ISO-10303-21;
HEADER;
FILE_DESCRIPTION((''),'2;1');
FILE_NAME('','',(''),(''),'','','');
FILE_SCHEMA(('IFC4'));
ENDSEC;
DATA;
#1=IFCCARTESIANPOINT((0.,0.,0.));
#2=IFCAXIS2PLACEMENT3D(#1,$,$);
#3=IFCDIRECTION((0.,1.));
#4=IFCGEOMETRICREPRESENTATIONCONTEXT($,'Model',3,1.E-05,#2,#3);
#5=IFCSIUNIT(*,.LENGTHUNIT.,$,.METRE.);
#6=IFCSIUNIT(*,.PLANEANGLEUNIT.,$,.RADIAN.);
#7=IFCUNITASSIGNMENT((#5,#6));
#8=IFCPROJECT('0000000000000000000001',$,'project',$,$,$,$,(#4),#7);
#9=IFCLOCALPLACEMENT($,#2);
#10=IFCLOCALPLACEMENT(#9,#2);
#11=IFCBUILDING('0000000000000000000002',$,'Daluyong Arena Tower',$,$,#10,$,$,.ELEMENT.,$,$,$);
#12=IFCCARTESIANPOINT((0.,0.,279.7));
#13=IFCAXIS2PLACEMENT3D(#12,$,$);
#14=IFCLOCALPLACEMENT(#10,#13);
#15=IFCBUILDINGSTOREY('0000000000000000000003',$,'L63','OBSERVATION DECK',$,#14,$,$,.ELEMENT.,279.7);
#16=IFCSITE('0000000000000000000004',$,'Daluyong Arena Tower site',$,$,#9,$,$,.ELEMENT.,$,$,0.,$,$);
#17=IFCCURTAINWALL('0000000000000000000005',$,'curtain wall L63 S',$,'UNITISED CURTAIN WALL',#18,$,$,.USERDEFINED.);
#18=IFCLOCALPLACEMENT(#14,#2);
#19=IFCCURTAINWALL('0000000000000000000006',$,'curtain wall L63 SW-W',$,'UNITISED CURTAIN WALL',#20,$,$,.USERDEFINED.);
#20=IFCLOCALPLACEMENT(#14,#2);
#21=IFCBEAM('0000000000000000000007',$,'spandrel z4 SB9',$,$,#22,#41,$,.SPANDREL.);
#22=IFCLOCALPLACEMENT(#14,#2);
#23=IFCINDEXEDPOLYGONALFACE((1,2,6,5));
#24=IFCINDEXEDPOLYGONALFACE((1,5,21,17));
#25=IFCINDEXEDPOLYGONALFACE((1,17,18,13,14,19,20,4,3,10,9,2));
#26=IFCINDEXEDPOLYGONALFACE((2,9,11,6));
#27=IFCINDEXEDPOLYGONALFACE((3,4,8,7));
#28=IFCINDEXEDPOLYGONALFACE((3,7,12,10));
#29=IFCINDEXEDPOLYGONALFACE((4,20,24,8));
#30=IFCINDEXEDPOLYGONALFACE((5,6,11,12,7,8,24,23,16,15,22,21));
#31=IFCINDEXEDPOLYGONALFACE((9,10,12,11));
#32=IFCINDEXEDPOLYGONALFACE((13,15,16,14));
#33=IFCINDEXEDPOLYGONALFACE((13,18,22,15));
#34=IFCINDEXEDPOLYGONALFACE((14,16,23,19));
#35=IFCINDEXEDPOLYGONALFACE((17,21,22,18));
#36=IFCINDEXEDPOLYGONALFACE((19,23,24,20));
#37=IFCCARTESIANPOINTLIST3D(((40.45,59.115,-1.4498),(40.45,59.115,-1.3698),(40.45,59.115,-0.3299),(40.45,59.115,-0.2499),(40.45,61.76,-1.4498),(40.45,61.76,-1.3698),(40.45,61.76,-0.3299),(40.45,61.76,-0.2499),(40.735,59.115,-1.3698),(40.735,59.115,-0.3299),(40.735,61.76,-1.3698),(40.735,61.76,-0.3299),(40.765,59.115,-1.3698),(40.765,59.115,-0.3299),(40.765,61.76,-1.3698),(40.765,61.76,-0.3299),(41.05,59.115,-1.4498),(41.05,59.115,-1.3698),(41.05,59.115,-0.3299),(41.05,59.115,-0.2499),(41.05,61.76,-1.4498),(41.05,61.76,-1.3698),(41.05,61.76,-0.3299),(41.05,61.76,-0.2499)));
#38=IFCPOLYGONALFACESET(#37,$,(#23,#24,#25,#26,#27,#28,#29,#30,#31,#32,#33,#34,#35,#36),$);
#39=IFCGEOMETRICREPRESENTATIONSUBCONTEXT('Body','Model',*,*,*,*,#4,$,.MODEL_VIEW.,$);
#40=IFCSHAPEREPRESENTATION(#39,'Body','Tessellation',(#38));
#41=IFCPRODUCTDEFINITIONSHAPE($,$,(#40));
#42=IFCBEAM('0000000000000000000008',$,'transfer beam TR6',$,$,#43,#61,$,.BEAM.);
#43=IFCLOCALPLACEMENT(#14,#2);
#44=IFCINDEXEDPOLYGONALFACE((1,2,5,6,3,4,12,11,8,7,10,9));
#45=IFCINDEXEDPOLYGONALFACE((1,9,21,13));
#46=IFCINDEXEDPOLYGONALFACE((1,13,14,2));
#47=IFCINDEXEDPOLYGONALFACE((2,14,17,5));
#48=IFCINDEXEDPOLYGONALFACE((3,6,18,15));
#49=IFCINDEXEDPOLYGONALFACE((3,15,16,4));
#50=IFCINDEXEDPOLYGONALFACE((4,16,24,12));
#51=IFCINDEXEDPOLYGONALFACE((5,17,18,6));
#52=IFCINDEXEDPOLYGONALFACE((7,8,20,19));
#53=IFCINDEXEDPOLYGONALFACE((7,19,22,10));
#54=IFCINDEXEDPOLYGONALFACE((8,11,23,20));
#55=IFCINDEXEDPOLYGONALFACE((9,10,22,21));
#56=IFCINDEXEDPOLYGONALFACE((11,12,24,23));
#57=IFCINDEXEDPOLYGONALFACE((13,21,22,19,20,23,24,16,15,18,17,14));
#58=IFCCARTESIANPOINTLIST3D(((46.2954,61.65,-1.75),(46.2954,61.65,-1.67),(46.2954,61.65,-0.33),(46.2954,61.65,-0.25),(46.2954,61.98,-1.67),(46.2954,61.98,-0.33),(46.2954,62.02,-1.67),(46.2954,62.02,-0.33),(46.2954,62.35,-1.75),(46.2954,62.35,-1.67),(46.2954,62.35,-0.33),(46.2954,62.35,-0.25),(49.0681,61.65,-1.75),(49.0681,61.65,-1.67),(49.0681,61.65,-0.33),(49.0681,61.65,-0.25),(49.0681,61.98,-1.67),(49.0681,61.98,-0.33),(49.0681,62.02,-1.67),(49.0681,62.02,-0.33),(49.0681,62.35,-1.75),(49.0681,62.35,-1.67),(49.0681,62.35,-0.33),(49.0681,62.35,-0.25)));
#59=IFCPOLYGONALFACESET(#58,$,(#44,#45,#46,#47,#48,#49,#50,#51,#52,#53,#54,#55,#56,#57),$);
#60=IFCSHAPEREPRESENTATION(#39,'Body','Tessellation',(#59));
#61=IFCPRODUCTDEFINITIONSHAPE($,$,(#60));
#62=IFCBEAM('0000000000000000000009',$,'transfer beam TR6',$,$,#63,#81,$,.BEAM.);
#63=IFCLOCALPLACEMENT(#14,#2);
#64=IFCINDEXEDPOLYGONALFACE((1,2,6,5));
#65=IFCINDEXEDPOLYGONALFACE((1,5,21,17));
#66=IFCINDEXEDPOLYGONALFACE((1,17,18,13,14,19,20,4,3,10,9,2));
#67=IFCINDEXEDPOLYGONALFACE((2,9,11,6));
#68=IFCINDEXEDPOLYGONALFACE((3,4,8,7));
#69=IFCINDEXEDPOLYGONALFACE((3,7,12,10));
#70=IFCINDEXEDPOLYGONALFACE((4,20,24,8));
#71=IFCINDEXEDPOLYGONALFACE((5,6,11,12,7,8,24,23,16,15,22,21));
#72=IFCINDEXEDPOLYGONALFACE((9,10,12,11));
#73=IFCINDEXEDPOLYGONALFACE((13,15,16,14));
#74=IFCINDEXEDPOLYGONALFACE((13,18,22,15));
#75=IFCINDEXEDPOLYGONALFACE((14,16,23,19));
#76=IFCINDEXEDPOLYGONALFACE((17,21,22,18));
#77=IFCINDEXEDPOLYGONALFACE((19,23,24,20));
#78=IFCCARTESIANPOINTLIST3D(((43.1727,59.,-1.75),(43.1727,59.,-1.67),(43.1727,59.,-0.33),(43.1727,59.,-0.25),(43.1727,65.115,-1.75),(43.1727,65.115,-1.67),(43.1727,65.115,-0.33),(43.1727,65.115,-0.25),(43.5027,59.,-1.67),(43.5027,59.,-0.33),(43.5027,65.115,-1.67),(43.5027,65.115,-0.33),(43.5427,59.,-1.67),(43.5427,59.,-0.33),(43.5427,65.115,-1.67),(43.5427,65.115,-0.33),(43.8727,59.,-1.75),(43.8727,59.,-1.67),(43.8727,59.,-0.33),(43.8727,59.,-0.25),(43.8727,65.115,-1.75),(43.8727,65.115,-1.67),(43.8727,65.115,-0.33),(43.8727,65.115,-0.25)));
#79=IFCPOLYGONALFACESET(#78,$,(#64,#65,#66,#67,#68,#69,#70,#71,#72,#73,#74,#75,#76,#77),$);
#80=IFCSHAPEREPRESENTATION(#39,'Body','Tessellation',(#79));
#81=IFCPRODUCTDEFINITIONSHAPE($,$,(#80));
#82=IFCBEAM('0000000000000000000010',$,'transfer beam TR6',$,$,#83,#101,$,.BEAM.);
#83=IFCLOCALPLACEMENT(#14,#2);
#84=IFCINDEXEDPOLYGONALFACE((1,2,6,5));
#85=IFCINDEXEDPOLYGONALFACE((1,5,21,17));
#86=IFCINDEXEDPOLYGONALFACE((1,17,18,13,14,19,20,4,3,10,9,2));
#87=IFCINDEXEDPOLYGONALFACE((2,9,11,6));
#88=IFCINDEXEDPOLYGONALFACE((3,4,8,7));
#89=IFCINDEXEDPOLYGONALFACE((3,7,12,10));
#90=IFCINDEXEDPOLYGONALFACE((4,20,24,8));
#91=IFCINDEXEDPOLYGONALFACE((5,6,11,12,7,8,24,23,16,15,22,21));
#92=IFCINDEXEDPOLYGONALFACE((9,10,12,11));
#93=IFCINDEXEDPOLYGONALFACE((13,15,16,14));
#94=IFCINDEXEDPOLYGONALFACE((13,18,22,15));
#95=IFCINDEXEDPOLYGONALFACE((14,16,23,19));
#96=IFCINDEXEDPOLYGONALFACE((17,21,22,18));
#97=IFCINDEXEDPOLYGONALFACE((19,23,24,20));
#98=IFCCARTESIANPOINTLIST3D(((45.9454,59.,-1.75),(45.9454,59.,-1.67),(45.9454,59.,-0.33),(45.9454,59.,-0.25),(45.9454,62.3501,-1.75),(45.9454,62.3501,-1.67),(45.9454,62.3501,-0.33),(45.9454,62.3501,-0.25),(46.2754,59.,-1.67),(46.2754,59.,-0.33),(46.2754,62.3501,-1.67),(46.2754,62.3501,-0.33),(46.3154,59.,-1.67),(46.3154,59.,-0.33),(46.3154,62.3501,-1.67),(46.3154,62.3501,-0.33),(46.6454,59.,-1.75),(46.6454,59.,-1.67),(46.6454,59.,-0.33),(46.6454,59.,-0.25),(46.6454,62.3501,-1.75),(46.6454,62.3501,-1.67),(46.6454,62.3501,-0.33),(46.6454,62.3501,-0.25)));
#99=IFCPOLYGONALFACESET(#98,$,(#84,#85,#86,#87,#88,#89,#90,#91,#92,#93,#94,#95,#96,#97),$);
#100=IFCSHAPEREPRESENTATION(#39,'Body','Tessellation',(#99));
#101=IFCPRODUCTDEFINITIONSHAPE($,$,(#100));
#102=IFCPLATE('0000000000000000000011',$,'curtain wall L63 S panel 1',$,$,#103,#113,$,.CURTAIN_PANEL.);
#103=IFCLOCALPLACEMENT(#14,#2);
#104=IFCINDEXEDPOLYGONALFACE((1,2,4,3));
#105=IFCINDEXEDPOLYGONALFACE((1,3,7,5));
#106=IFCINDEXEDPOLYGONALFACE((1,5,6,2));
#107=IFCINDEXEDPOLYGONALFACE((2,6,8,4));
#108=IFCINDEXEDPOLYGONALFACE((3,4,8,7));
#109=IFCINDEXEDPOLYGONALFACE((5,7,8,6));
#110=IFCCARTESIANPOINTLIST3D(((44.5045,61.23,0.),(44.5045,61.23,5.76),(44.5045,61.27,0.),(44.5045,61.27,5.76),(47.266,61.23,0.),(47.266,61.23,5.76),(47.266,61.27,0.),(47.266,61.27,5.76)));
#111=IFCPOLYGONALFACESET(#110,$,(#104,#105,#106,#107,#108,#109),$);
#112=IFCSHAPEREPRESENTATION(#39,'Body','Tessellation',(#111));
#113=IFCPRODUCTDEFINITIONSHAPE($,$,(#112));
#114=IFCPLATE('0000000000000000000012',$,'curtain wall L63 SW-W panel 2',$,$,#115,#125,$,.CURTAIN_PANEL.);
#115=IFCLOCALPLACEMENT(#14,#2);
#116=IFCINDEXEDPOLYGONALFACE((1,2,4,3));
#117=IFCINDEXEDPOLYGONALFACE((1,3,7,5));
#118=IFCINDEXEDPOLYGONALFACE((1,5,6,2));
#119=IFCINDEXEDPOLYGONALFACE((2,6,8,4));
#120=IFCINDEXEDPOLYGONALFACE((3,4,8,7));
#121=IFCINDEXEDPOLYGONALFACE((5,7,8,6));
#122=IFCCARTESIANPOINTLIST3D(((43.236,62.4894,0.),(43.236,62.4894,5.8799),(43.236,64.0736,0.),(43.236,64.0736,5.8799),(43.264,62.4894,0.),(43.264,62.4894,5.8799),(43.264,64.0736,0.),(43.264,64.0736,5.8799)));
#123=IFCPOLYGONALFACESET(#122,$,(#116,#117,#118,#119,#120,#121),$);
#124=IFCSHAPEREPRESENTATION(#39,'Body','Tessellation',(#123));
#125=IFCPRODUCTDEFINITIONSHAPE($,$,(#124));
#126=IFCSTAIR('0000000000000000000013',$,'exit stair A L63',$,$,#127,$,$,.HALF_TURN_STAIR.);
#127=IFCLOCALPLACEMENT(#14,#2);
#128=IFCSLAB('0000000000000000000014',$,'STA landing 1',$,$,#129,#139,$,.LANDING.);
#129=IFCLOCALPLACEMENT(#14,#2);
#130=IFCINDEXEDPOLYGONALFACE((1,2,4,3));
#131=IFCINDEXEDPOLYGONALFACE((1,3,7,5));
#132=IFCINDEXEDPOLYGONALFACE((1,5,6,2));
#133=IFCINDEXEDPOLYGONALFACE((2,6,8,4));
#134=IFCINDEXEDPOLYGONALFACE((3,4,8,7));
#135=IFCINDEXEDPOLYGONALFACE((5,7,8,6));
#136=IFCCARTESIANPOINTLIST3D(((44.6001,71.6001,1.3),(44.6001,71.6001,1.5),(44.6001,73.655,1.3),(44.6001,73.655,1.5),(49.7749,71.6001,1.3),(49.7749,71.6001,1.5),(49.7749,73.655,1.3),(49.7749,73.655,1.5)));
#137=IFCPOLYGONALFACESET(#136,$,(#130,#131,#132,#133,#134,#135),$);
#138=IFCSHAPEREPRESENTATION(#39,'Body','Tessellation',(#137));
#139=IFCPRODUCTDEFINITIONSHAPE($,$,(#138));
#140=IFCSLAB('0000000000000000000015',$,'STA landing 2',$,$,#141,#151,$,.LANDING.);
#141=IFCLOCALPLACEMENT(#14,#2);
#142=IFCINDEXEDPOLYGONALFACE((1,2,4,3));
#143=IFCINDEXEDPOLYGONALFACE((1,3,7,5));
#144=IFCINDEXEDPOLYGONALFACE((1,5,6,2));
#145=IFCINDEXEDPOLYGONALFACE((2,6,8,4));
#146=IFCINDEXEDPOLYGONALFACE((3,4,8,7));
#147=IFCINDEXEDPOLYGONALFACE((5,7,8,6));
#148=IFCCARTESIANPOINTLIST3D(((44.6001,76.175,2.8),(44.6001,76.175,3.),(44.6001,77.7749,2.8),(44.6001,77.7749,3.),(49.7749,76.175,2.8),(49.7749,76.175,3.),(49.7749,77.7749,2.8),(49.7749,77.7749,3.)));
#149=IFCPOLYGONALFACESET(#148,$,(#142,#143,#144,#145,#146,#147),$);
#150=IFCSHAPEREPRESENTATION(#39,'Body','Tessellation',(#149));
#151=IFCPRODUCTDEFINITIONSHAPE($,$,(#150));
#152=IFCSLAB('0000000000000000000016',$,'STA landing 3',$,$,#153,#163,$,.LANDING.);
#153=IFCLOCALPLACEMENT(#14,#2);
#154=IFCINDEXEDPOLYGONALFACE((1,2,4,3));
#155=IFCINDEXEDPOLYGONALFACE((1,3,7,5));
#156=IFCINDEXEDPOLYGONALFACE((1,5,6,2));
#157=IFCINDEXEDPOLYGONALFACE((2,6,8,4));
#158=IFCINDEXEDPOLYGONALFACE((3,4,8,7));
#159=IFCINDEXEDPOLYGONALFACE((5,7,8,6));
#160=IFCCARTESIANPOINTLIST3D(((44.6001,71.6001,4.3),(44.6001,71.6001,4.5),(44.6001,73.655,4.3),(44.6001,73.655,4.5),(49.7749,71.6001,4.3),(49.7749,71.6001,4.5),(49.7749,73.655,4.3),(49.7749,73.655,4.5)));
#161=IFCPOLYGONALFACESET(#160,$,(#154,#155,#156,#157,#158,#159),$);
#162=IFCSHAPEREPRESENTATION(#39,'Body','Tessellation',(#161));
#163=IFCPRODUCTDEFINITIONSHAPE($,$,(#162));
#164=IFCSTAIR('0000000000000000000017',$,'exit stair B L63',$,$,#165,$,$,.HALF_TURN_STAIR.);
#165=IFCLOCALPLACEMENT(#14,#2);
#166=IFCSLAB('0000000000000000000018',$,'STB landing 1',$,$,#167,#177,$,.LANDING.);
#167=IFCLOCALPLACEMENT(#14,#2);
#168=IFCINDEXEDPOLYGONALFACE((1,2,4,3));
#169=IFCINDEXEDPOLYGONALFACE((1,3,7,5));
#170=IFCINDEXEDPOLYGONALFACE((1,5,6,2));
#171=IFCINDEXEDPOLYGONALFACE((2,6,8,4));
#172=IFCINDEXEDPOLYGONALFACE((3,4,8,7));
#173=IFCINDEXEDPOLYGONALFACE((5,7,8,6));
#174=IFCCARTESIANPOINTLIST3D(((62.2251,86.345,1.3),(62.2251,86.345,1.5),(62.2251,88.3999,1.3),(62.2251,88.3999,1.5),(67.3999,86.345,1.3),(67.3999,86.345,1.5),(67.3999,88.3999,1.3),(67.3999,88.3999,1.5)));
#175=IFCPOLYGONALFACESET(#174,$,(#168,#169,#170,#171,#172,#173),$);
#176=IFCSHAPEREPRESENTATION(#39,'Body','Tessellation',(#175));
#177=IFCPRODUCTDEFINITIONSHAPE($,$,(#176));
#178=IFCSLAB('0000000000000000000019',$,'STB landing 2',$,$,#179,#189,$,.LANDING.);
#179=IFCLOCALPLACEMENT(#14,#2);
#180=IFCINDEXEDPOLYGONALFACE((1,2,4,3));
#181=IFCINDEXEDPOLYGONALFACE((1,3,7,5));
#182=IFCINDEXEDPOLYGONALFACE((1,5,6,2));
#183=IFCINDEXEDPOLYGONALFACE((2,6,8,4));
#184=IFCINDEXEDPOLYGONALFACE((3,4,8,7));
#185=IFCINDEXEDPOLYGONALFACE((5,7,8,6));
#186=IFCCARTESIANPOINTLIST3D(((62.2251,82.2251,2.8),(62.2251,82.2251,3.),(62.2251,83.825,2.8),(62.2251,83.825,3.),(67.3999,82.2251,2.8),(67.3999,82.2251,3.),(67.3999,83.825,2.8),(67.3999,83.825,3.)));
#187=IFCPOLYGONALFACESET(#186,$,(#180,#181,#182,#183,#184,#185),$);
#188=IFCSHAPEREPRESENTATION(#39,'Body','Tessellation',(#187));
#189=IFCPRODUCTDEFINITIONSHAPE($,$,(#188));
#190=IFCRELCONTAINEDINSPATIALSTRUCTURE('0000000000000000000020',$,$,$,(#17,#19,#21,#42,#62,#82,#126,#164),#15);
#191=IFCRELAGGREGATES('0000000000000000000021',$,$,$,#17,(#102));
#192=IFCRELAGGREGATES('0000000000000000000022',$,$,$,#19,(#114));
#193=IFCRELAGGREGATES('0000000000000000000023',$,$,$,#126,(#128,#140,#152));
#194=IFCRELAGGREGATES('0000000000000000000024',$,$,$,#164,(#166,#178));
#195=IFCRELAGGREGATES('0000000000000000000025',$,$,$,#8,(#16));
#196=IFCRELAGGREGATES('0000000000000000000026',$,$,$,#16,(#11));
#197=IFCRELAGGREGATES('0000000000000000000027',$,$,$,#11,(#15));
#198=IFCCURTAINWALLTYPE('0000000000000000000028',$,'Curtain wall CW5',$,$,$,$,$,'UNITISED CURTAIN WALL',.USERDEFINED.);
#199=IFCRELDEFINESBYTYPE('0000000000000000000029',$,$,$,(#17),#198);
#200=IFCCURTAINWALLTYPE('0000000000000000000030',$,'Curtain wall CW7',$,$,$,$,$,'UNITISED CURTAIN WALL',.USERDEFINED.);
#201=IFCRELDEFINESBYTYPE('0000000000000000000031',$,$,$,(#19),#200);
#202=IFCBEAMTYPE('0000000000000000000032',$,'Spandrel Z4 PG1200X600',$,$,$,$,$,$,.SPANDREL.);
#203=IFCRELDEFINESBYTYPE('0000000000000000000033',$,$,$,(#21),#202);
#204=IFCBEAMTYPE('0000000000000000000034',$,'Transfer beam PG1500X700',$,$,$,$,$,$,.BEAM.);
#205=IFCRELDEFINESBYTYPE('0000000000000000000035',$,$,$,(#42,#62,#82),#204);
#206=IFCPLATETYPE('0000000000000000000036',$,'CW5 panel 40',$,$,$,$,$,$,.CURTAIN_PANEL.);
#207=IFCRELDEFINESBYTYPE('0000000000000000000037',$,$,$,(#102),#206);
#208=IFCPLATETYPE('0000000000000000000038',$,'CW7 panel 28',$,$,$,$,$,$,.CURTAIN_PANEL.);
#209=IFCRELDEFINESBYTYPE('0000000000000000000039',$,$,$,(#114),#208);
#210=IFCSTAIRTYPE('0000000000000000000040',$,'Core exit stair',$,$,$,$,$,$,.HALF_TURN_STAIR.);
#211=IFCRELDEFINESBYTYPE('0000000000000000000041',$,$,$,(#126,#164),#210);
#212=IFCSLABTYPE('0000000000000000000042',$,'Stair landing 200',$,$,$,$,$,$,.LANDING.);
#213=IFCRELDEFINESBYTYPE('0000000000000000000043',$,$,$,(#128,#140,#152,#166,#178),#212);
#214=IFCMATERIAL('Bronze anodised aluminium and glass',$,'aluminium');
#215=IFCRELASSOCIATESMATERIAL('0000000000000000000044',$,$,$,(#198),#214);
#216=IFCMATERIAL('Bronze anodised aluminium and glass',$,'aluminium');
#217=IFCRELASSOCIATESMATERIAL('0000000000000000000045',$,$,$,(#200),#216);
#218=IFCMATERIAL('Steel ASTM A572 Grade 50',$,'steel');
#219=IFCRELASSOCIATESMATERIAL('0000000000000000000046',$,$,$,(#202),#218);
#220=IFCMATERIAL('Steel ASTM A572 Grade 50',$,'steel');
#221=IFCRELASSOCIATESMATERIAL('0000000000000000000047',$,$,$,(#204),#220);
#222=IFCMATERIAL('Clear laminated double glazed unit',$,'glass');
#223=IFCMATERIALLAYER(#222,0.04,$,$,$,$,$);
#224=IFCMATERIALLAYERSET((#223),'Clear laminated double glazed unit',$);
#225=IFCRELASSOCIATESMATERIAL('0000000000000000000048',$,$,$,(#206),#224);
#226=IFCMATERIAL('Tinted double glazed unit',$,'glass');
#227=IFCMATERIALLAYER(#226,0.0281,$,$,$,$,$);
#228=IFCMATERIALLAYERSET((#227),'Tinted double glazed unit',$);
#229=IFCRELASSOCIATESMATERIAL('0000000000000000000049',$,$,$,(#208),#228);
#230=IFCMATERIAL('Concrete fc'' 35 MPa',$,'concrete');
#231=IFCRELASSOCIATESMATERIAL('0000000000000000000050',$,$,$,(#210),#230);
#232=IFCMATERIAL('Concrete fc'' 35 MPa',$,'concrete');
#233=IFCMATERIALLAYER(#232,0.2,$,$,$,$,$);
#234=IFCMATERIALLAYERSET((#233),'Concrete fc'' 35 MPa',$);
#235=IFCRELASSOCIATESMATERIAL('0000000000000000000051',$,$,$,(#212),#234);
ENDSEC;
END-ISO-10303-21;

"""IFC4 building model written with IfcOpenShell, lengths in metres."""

from ifc_helpers import new_model, si_unit, direction, frame, origin, origin_2d, place, context, subcontext, project, spatial, polyline, rectangle, i_section, outline, extrude, material, layer, layer_set, material_profile, profile_set, type_object, element, aggregate, save


model = new_model("IFC4")

# Units and contexts
model_context = context("Model", 3, precision=1e-05, world=origin(), true_north=direction((0.0, 1.0)))
body_context = subcontext(model_context, "Body", "Model", "MODEL_VIEW")
ifc_project = project(units=[si_unit("LENGTHUNIT", "METRE"), si_unit("PLANEANGLEUNIT", "RADIAN")], contexts=[model_context])

# Site, building, storey
site_placement = place(None, origin())
site = spatial("IfcSite", under=ifc_project, at=site_placement, Name="Daluyong Arena Tower site", CompositionType="ELEMENT", RefElevation=0.0)
building_placement = place(site_placement, origin())
building = spatial("IfcBuilding", under=site, at=building_placement, Name="Daluyong Arena Tower", CompositionType="ELEMENT")
storey_placement = place(building_placement, frame((0.0, 0.0, 279.7)))
storey = spatial("IfcBuildingStorey", under=building, at=storey_placement, Name="L63", Description="OBSERVATION DECK", CompositionType="ELEMENT", Elevation=279.7)

# Curtain walls
ifc_material_1 = material(Name="Bronze anodised aluminium and glass", Category="aluminium")
curtain_wall_type_1 = type_object("IfcCurtainWallType", Name="Curtain wall CW5", ElementType="UNITISED CURTAIN WALL", PredefinedType="USERDEFINED", material=ifc_material_1)
curtain_wall_1_placement = place(storey_placement, origin())
curtain_wall_1 = element("IfcCurtainWall", 1, at=curtain_wall_1_placement, inside=storey, type_object=curtain_wall_type_1, Name="curtain wall L63 S", ObjectType="UNITISED CURTAIN WALL", PredefinedType="USERDEFINED")
ifc_material_2 = material(Name="Bronze anodised aluminium and glass", Category="aluminium")
curtain_wall_type_2 = type_object("IfcCurtainWallType", Name="Curtain wall CW7", ElementType="UNITISED CURTAIN WALL", PredefinedType="USERDEFINED", material=ifc_material_2)
curtain_wall_2_placement = place(storey_placement, origin())
curtain_wall_2 = element("IfcCurtainWall", 2, at=curtain_wall_2_placement, inside=storey, type_object=curtain_wall_type_2, Name="curtain wall L63 SW-W", ObjectType="UNITISED CURTAIN WALL", PredefinedType="USERDEFINED")

# Beams
ifc_material_3 = material(Name="Steel ASTM A572 Grade 50", Category="steel")
ifc_material_profile_1 = material_profile(ifc_material_3, i_section(OverallWidth=0.6001, OverallDepth=1.2, WebThickness=0.03, FlangeThickness=0.08, at=origin_2d()))
ifc_profile_set_1 = profile_set([ifc_material_profile_1], Name="Steel ASTM A572 Grade 50")
beam_type_1 = type_object("IfcBeamType", Name="Spandrel Z4 PG1200X600", PredefinedType="SPANDREL", material=ifc_profile_set_1)
beam_1_placement = place(storey_placement, frame((40.75, 61.76, -0.8499), z_axis=(0.0, -1.0, 0.0), x_axis=(1.0, 0.0, 0.0)))
element("IfcBeam", 3, at=beam_1_placement, inside=storey, type_object=beam_type_1, Name="spandrel z4 SB9", PredefinedType="SPANDREL", context=body_context, shape_type="SweptSolid", body=[
    extrude(i_section(OverallWidth=0.6001, OverallDepth=1.2, WebThickness=0.03, FlangeThickness=0.08, at=origin_2d()), origin(), (0.0, 0.0, 1.0), 2.645),
])
ifc_material_4 = material(Name="Steel ASTM A572 Grade 50", Category="steel")
ifc_material_profile_2 = material_profile(ifc_material_4, i_section(OverallWidth=0.7, OverallDepth=1.5, WebThickness=0.04, FlangeThickness=0.08, at=origin_2d()))
ifc_profile_set_2 = profile_set([ifc_material_profile_2], Name="Steel ASTM A572 Grade 50")
beam_type_2 = type_object("IfcBeamType", Name="Transfer beam PG1500X700", PredefinedType="BEAM", material=ifc_profile_set_2)
beam_2_placement = place(storey_placement, frame((46.2954, 62.0, -1.0), z_axis=(1.0, 0.0, 0.0), x_axis=(0.0, 1.0, 0.0)))
element("IfcBeam", 4, at=beam_2_placement, inside=storey, type_object=beam_type_2, Name="transfer beam TR6", PredefinedType="BEAM", context=body_context, shape_type="SweptSolid", body=[
    extrude(i_section(OverallWidth=0.7, OverallDepth=1.5, WebThickness=0.04, FlangeThickness=0.08, at=origin_2d()), origin(), (0.0, 0.0, 1.0), 2.7727),
])
beam_3_placement = place(storey_placement, frame((43.5227, 59.0, -1.0), z_axis=(0.0, 1.0, 0.0), x_axis=(-1.0, 0.0, 0.0)))
element("IfcBeam", 5, at=beam_3_placement, inside=storey, type_object=beam_type_2, Name="transfer beam TR6", PredefinedType="BEAM", context=body_context, shape_type="SweptSolid", body=[
    extrude(i_section(OverallWidth=0.7, OverallDepth=1.5, WebThickness=0.04, FlangeThickness=0.08, at=origin_2d()), origin(), (0.0, 0.0, 1.0), 6.115),
])
beam_4_placement = place(storey_placement, frame((46.2954, 59.0, -1.0), z_axis=(0.0, 1.0, 0.0), x_axis=(-1.0, 0.0, 0.0)))
element("IfcBeam", 6, at=beam_4_placement, inside=storey, type_object=beam_type_2, Name="transfer beam TR6", PredefinedType="BEAM", context=body_context, shape_type="SweptSolid", body=[
    extrude(i_section(OverallWidth=0.7, OverallDepth=1.5, WebThickness=0.04, FlangeThickness=0.08, at=origin_2d()), origin(), (0.0, 0.0, 1.0), 3.3501),
])

# Plates
ifc_material_5 = material(Name="Clear laminated double glazed unit", Category="glass")
ifc_layer_1 = layer(ifc_material_5, 0.04)
ifc_layer_set_1 = layer_set([ifc_layer_1], Name="Clear laminated double glazed unit")
plate_type_1 = type_object("IfcPlateType", Name="CW5 panel 40", PredefinedType="CURTAIN_PANEL", material=ifc_layer_set_1)
plate_1_placement = place(storey_placement, frame((45.8853, 61.25, 0.0), z_axis=(0.0, 0.0, 1.0), x_axis=(1.0, 0.0, 0.0)))
plate_1 = element("IfcPlate", 7, at=plate_1_placement, type_object=plate_type_1, Name="curtain wall L63 S panel 1", PredefinedType="CURTAIN_PANEL", context=body_context, shape_type="SweptSolid", body=[
    extrude(rectangle(XDim=2.7615, YDim=0.04, at=origin_2d()), origin(), (0.0, 0.0, 1.0), 5.76),
])
aggregate(curtain_wall_1, [plate_1])
ifc_material_6 = material(Name="Tinted double glazed unit", Category="glass")
ifc_layer_2 = layer(ifc_material_6, 0.0281)
ifc_layer_set_2 = layer_set([ifc_layer_2], Name="Tinted double glazed unit")
plate_type_2 = type_object("IfcPlateType", Name="CW7 panel 28", PredefinedType="CURTAIN_PANEL", material=ifc_layer_set_2)
plate_2_placement = place(storey_placement, frame((43.25, 63.2815, 0.0), z_axis=(0.0, 0.0, 1.0), x_axis=(0.0, -1.0, 0.0)))
plate_2 = element("IfcPlate", 8, at=plate_2_placement, type_object=plate_type_2, Name="curtain wall L63 SW-W panel 2", PredefinedType="CURTAIN_PANEL", context=body_context, shape_type="SweptSolid", body=[
    extrude(rectangle(XDim=1.5842, YDim=0.0281, at=origin_2d()), origin(), (0.0, 0.0, 1.0), 5.8799),
])
aggregate(curtain_wall_2, [plate_2])

# Stairs, slabs
ifc_material_7 = material(Name="Concrete fc' 35 MPa", Category="concrete")
stair_type = type_object("IfcStairType", Name="Core exit stair", PredefinedType="HALF_TURN_STAIR", material=ifc_material_7)
stair_1_placement = place(storey_placement, origin())
stair_1 = element("IfcStair", 9, at=stair_1_placement, inside=storey, type_object=stair_type, Name="exit stair A L63", PredefinedType="HALF_TURN_STAIR")
ifc_material_8 = material(Name="Concrete fc' 35 MPa", Category="concrete")
ifc_layer_3 = layer(ifc_material_8, 0.2)
ifc_layer_set_3 = layer_set([ifc_layer_3], Name="Concrete fc' 35 MPa")
slab_type = type_object("IfcSlabType", Name="Stair landing 200", PredefinedType="LANDING", material=ifc_layer_set_3)
slab_1_placement = place(storey_placement, frame((0.0, 0.0, 1.3)))
slab_1 = element("IfcSlab", 10, at=slab_1_placement, type_object=slab_type, Name="STA landing 1", PredefinedType="LANDING", context=body_context, shape_type="SweptSolid", body=[
    extrude(outline(polyline([(44.6001, 71.6001), (49.7749, 71.6001), (49.7749, 73.655), (44.6001, 73.655), (44.6001, 71.6001)])), origin(), (0.0, 0.0, 1.0), 0.2),
])
slab_2_placement = place(storey_placement, frame((0.0, 0.0, 2.8)))
slab_2 = element("IfcSlab", 11, at=slab_2_placement, type_object=slab_type, Name="STA landing 2", PredefinedType="LANDING", context=body_context, shape_type="SweptSolid", body=[
    extrude(outline(polyline([(44.6001, 76.175), (49.7749, 76.175), (49.7749, 77.7749), (44.6001, 77.7749), (44.6001, 76.175)])), origin(), (0.0, 0.0, 1.0), 0.2),
])
slab_3_placement = place(storey_placement, frame((0.0, 0.0, 4.3)))
slab_3 = element("IfcSlab", 12, at=slab_3_placement, type_object=slab_type, Name="STA landing 3", PredefinedType="LANDING", context=body_context, shape_type="SweptSolid", body=[
    extrude(outline(polyline([(44.6001, 71.6001), (49.7749, 71.6001), (49.7749, 73.655), (44.6001, 73.655), (44.6001, 71.6001)])), origin(), (0.0, 0.0, 1.0), 0.2),
])
aggregate(stair_1, [slab_1, slab_2, slab_3])
stair_2_placement = place(storey_placement, origin())
stair_2 = element("IfcStair", 13, at=stair_2_placement, inside=storey, type_object=stair_type, Name="exit stair B L63", PredefinedType="HALF_TURN_STAIR")
slab_4_placement = place(storey_placement, frame((0.0, 0.0, 1.3)))
slab_4 = element("IfcSlab", 14, at=slab_4_placement, type_object=slab_type, Name="STB landing 1", PredefinedType="LANDING", context=body_context, shape_type="SweptSolid", body=[
    extrude(outline(polyline([(62.2251, 86.345), (67.3999, 86.345), (67.3999, 88.3999), (62.2251, 88.3999), (62.2251, 86.345)])), origin(), (0.0, 0.0, 1.0), 0.2),
])
slab_5_placement = place(storey_placement, frame((0.0, 0.0, 2.8)))
slab_5 = element("IfcSlab", 15, at=slab_5_placement, type_object=slab_type, Name="STB landing 2", PredefinedType="LANDING", context=body_context, shape_type="SweptSolid", body=[
    extrude(outline(polyline([(62.2251, 82.2251), (67.3999, 82.2251), (67.3999, 83.825), (62.2251, 83.825), (62.2251, 82.2251)])), origin(), (0.0, 0.0, 1.0), 0.2),
])
aggregate(stair_2, [slab_4, slab_5])

save(model, "model.ifc")
